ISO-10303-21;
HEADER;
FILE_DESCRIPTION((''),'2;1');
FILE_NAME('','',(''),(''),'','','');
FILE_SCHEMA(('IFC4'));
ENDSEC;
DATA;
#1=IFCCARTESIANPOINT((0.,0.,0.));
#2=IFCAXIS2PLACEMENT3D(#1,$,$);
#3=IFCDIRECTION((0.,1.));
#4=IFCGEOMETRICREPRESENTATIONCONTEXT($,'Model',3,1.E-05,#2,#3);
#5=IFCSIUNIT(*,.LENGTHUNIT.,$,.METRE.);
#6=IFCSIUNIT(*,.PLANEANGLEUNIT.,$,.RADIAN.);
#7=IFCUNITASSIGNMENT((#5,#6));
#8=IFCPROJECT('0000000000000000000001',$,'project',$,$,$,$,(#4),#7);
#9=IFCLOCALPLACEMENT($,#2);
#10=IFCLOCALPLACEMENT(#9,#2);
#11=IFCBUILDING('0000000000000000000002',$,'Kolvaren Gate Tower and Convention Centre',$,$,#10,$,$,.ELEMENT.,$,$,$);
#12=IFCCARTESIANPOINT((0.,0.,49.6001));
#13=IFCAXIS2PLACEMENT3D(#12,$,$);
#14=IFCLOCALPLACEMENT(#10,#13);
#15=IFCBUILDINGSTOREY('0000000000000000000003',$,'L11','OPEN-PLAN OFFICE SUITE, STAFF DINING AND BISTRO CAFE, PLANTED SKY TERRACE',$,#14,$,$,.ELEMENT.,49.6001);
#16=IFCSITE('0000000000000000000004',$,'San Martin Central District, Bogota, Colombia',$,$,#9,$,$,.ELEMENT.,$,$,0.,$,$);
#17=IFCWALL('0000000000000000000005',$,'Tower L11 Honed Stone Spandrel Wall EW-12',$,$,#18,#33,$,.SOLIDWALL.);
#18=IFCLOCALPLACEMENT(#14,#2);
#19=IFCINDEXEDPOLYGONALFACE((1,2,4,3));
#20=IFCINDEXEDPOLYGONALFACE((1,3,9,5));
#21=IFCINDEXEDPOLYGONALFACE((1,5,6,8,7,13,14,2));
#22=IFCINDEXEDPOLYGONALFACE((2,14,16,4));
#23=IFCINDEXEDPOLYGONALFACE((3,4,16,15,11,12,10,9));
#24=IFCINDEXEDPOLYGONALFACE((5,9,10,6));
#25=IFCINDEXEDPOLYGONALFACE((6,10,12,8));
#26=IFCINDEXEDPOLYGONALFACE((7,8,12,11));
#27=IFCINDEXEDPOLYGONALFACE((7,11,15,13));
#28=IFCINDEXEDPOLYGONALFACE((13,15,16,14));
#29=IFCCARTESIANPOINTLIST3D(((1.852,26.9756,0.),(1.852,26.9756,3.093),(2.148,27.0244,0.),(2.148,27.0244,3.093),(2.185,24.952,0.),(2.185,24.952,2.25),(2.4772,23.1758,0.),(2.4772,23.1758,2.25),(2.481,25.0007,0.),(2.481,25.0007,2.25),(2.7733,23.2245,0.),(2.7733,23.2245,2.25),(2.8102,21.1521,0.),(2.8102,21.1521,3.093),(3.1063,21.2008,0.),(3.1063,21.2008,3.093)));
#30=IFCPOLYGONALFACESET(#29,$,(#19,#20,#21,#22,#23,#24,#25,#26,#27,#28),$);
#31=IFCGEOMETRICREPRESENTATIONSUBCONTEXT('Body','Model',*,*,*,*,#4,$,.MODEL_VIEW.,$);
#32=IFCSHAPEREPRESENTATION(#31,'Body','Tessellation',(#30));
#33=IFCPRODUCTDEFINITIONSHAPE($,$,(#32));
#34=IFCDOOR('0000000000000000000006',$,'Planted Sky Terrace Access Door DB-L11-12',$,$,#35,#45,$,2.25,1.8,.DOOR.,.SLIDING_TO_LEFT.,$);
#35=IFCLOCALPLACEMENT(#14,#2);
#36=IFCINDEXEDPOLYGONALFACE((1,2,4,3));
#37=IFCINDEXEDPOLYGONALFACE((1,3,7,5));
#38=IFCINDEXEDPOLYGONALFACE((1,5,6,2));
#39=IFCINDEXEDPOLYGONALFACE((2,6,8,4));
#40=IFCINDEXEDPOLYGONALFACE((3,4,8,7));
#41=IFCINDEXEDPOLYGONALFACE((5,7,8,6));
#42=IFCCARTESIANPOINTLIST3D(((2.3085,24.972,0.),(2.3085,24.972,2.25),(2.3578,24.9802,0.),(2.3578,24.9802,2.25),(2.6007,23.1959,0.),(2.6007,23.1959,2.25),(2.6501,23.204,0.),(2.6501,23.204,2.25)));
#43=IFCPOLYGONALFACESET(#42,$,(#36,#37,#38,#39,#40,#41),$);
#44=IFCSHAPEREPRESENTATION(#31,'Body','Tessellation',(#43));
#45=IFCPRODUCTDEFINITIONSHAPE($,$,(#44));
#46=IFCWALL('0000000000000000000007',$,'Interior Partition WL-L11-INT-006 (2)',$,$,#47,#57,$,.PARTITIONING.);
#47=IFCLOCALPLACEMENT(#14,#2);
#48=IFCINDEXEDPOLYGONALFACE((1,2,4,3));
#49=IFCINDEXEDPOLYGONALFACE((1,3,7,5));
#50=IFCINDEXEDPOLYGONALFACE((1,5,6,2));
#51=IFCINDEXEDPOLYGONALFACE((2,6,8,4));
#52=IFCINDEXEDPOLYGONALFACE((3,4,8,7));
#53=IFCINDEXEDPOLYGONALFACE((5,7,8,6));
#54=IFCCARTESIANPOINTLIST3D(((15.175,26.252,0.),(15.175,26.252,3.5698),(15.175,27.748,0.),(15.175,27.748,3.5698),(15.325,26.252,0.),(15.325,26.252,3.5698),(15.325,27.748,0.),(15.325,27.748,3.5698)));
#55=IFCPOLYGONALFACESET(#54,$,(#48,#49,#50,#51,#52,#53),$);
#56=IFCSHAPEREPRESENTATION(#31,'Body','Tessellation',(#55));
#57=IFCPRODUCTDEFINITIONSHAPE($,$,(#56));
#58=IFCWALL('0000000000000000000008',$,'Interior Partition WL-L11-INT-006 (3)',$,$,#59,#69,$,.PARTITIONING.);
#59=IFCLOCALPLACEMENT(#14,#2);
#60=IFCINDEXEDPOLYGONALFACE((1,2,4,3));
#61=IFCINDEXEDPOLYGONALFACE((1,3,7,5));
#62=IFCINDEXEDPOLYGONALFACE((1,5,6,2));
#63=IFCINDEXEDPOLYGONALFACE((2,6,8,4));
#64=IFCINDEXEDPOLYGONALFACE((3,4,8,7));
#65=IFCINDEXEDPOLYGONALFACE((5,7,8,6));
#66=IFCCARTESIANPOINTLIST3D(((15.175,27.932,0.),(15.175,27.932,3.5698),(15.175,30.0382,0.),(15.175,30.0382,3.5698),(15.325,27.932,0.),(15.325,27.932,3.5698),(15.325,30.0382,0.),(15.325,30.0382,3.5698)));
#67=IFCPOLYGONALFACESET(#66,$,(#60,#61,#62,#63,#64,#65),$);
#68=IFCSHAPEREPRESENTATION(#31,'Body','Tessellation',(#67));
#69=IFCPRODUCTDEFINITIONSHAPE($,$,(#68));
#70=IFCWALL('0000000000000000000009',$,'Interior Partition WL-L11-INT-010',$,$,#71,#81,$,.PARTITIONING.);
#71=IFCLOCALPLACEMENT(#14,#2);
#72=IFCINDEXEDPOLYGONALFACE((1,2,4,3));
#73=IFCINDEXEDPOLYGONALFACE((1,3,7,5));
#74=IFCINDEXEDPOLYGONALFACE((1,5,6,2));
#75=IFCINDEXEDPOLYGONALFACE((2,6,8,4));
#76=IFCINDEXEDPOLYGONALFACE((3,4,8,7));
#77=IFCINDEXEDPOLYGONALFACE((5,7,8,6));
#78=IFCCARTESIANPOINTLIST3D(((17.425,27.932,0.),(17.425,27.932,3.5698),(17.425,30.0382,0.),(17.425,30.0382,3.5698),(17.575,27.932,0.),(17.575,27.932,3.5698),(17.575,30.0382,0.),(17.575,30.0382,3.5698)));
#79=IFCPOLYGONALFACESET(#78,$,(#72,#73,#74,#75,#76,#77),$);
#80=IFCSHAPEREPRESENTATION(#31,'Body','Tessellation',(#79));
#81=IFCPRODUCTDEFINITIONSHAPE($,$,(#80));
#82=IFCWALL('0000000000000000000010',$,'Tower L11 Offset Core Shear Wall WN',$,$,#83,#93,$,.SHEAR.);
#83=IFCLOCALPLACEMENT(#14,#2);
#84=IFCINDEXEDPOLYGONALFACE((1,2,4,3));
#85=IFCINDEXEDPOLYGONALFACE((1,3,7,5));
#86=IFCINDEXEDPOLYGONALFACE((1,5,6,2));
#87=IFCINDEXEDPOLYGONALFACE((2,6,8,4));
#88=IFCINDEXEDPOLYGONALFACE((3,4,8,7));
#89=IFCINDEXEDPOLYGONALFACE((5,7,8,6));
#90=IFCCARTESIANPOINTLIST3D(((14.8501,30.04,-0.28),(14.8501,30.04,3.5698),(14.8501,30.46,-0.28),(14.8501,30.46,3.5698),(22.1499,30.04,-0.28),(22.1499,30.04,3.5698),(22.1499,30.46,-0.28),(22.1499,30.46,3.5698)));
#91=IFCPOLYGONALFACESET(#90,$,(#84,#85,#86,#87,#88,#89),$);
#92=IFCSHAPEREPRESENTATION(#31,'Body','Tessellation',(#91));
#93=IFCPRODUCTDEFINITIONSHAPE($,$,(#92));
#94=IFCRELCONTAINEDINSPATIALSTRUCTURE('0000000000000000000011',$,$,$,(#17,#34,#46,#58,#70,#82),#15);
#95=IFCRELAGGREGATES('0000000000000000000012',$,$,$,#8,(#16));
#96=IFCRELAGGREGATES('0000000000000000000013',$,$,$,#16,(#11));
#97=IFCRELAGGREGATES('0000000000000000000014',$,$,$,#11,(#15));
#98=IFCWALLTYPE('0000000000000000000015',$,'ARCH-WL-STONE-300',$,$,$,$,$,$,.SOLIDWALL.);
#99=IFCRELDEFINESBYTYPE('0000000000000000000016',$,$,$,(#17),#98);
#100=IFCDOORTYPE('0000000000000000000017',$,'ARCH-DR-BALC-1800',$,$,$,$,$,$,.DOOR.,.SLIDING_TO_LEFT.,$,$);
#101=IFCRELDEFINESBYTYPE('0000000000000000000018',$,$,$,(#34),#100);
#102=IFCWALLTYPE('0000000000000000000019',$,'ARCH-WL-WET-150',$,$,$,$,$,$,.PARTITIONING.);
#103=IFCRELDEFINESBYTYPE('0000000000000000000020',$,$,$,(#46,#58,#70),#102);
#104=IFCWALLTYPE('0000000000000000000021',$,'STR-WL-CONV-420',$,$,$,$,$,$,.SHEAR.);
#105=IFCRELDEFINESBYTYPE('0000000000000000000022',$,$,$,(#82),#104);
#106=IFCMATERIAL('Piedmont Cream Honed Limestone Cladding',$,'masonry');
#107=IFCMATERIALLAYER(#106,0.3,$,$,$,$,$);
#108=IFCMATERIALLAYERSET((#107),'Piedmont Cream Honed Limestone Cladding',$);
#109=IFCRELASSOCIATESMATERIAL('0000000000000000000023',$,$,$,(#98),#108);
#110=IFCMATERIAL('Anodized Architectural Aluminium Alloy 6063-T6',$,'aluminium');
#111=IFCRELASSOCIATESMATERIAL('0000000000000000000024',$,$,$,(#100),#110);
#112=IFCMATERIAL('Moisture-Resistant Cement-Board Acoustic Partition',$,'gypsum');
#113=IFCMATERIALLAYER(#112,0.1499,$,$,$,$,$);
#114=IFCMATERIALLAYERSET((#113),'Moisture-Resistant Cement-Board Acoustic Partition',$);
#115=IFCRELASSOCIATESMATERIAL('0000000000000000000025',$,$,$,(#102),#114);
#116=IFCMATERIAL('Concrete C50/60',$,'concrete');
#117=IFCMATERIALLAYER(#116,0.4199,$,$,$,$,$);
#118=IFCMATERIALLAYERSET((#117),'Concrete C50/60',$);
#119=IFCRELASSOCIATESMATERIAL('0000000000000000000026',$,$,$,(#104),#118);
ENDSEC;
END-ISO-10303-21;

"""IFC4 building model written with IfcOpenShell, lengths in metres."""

from ifc_helpers import new_model, si_unit, direction, frame, frame_2d, origin, place, context, subcontext, project, spatial, rectangle, extrude, material, layer, layer_set, type_object, element, fill, save


model = new_model("IFC4")

# Units and contexts
model_context = context("Model", 3, precision=1e-05, world=origin(), true_north=direction((0.0, 1.0)))
body_context = subcontext(model_context, "Body", "Model", "MODEL_VIEW")
ifc_project = project(units=[si_unit("LENGTHUNIT", "METRE"), si_unit("PLANEANGLEUNIT", "RADIAN")], contexts=[model_context])

# Site, building, storey
site_placement = place(None, origin())
site = spatial("IfcSite", under=ifc_project, at=site_placement, Name="San Martin Central District, Bogota, Colombia", CompositionType="ELEMENT", RefElevation=0.0)
building_placement = place(site_placement, origin())
building = spatial("IfcBuilding", under=site, at=building_placement, Name="Kolvaren Gate Tower and Convention Centre", CompositionType="ELEMENT")
storey_placement = place(building_placement, frame((0.0, 0.0, 49.6001)))
storey = spatial("IfcBuildingStorey", under=building, at=storey_placement, Name="L11", Description="OPEN-PLAN OFFICE SUITE, STAFF DINING AND BISTRO CAFE, PLANTED SKY TERRACE", CompositionType="ELEMENT", Elevation=49.6001)

# Shared definitions
ifc_material_1 = material(Name="Piedmont Cream Honed Limestone Cladding", Category="masonry")

# Shared definitions
ifc_layer_1 = layer(ifc_material_1, 0.3)
ifc_layer_set_1 = layer_set([ifc_layer_1], Name="Piedmont Cream Honed Limestone Cladding")
wall_type_1 = type_object("IfcWallType", Name="ARCH-WL-STONE-300", PredefinedType="SOLIDWALL", material=ifc_layer_set_1)

# Wall, opening, door
wall_1_placement = place(storey_placement, frame((2.0, 27.0, 0.0), z_axis=(0.0, 0.0, 1.0), x_axis=(0.162366, -0.986731, 0.0)))
wall_1 = element("IfcWall", 1, at=wall_1_placement, inside=storey, type_object=wall_type_1, Name="Tower L11 Honed Stone Spandrel Wall EW-12", PredefinedType="SOLIDWALL", context=body_context, shape_type="SweptSolid", body=[
    extrude(rectangle(XDim=5.9019, YDim=0.3, at=frame_2d((2.9509, 0.0))), origin(), (0.0, 0.0, 1.0), 3.093),
])
opening_1_placement = place(wall_1_placement, frame((2.051, 0.0, 0.0)))
opening_1 = element("IfcOpeningElement", 2, at=opening_1_placement, cuts=wall_1, PredefinedType="OPENING", context=body_context, shape_type="SweptSolid", body=[
    extrude(rectangle(XDim=1.8, YDim=2.25, at=frame_2d((0.8999, 1.125))), frame((0.0, 0.1599, 0.0), z_axis=(0.0, -1.0, 0.0), x_axis=(1.0, 0.0, 0.0)), (0.0, 0.0, 1.0), 0.3201),
])
ifc_material_2 = material(Name="Anodized Architectural Aluminium Alloy 6063-T6", Category="aluminium")
door_type_1 = type_object("IfcDoorType", Name="ARCH-DR-BALC-1800", OperationType="SLIDING_TO_LEFT", PredefinedType="DOOR", material=ifc_material_2)
door_1_placement = place(opening_1_placement, frame((1.8, 0.0, 0.0), z_axis=(0.0, 0.0, 1.0), x_axis=(-1.0, 0.0, 0.0)))
door_1 = element("IfcDoor", 3, at=door_1_placement, inside=storey, type_object=door_type_1, Name="Planted Sky Terrace Access Door DB-L11-12", OperationType="SLIDING_TO_LEFT", OverallHeight=2.25, OverallWidth=1.8, PredefinedType="DOOR", context=body_context, shape_type="SweptSolid", body=[
    extrude(rectangle(XDim=1.8, YDim=2.25, at=frame_2d((0.8999, 1.125))), frame((0.0, 0.0249, 0.0), z_axis=(0.0, -1.0, 0.0), x_axis=(1.0, 0.0, 0.0)), (0.0, 0.0, 1.0), 0.05),
])
fill(opening_1, door_1)

# Walls
ifc_material_3 = material(Name="Moisture-Resistant Cement-Board Acoustic Partition", Category="gypsum")
ifc_layer_2 = layer(ifc_material_3, 0.1499)
ifc_layer_set_2 = layer_set([ifc_layer_2], Name="Moisture-Resistant Cement-Board Acoustic Partition")
wall_type_2 = type_object("IfcWallType", Name="ARCH-WL-WET-150", PredefinedType="PARTITIONING", material=ifc_layer_set_2)
wall_2_placement = place(storey_placement, frame((15.25, 26.252, 0.0), z_axis=(0.0, 0.0, 1.0), x_axis=(0.0, 1.0, 0.0)))
element("IfcWall", 4, at=wall_2_placement, inside=storey, type_object=wall_type_2, Name="Interior Partition WL-L11-INT-006 (2)", PredefinedType="PARTITIONING", context=body_context, shape_type="SweptSolid", body=[
    extrude(rectangle(XDim=1.4961, YDim=0.1499, at=frame_2d((0.748, 0.0))), origin(), (0.0, 0.0, 1.0), 3.5698),
])
for number, where, z_axis, x_axis, name in (
    (5, (15.25, 27.9319, 0.0), (0.0, 0.0, 1.0), (0.0, 1.0, 0.0), "Interior Partition WL-L11-INT-006 (3)"),
    (6, (17.5, 27.9319, 0.0), (0.0, 0.0, 1.0), (0.0, 1.0, 0.0), "Interior Partition WL-L11-INT-010"),
):
    element("IfcWall", number, at=place(storey_placement, frame(where, z_axis=z_axis, x_axis=x_axis)), inside=storey, type_object=wall_type_2, Name=name, PredefinedType="PARTITIONING", context=body_context, shape_type="SweptSolid", body=[
        extrude(rectangle(XDim=2.1062, YDim=0.1499, at=frame_2d((1.0532, 0.0))), origin(), (0.0, 0.0, 1.0), 3.5698),
    ])
ifc_material_4 = material(Name="Concrete C50/60", Category="concrete")
ifc_layer_3 = layer(ifc_material_4, 0.4199)
ifc_layer_set_3 = layer_set([ifc_layer_3], Name="Concrete C50/60")
wall_type_3 = type_object("IfcWallType", Name="STR-WL-CONV-420", PredefinedType="SHEAR", material=ifc_layer_set_3)
wall_3_placement = place(storey_placement, frame((14.8501, 30.25, -0.28), z_axis=(0.0, 0.0, 1.0), x_axis=(1.0, 0.0, 0.0)))
element("IfcWall", 7, at=wall_3_placement, inside=storey, type_object=wall_type_3, Name="Tower L11 Offset Core Shear Wall WN", PredefinedType="SHEAR", context=body_context, shape_type="SweptSolid", body=[
    extrude(rectangle(XDim=7.2998, YDim=0.4199, at=frame_2d((3.6499, 0.0))), origin(), (0.0, 0.0, 1.0), 3.8499),
])

save(model, "model.ifc")
